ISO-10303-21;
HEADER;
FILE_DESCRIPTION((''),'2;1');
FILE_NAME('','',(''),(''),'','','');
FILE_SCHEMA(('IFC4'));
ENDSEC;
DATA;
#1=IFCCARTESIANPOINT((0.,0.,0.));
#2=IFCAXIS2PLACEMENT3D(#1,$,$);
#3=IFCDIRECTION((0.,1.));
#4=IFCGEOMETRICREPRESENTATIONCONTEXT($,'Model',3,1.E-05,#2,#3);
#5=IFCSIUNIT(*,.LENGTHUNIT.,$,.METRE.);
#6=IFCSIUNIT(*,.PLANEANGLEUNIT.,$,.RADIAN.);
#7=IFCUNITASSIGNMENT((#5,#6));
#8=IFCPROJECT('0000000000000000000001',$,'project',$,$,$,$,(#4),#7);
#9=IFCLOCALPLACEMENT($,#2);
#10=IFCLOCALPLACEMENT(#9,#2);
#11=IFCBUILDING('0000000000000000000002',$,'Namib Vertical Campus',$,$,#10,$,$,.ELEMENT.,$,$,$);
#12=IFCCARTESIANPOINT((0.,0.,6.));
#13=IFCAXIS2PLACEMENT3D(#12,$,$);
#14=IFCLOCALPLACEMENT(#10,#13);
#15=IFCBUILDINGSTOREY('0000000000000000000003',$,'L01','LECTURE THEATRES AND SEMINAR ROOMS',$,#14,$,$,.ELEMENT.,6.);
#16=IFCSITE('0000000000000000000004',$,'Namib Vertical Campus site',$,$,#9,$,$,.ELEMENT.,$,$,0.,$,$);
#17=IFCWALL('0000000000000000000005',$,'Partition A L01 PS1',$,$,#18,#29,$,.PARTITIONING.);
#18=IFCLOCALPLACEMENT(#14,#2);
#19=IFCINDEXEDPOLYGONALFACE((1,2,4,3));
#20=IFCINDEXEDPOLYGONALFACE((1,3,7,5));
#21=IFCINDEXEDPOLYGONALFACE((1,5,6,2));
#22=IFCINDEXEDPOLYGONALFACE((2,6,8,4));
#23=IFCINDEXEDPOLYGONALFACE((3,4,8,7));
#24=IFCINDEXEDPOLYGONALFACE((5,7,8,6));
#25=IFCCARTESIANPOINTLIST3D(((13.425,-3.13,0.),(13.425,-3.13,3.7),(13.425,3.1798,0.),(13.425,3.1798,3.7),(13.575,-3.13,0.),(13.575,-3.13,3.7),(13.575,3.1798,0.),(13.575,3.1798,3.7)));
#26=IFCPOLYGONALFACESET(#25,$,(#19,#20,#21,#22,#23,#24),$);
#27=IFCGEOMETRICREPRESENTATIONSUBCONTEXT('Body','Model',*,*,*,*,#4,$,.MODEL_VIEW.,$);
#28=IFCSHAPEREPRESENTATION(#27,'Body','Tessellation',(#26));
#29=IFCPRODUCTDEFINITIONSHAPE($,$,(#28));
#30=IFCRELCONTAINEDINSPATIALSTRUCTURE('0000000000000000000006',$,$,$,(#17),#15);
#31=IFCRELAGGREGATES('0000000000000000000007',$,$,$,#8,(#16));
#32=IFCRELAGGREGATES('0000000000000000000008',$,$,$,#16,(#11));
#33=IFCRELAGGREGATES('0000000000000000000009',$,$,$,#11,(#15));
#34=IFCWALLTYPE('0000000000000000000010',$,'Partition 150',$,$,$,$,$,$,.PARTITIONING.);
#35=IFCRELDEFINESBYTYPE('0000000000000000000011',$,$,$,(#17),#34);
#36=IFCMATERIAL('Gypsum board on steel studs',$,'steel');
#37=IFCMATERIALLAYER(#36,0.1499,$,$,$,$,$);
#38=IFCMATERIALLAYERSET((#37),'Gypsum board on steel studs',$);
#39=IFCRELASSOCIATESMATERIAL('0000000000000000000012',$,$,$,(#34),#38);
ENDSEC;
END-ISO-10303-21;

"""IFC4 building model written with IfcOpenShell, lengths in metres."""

from ifc_helpers import new_model, si_unit, direction, frame, frame_2d, origin, place, context, subcontext, project, spatial, rectangle, extrude, material, layer, layer_set, type_object, element, save


model = new_model("IFC4")

# Units and contexts
model_context = context("Model", 3, precision=1e-05, world=origin(), true_north=direction((0.0, 1.0)))
body_context = subcontext(model_context, "Body", "Model", "MODEL_VIEW")
ifc_project = project(units=[si_unit("LENGTHUNIT", "METRE"), si_unit("PLANEANGLEUNIT", "RADIAN")], contexts=[model_context])

# Site, building, storey
site_placement = place(None, origin())
site = spatial("IfcSite", under=ifc_project, at=site_placement, Name="Namib Vertical Campus site", CompositionType="ELEMENT", RefElevation=0.0)
building_placement = place(site_placement, origin())
building = spatial("IfcBuilding", under=site, at=building_placement, Name="Namib Vertical Campus", CompositionType="ELEMENT")
storey_placement = place(building_placement, frame((0.0, 0.0, 6.0)))
storey = spatial("IfcBuildingStorey", under=building, at=storey_placement, Name="L01", Description="LECTURE THEATRES AND SEMINAR ROOMS", CompositionType="ELEMENT", Elevation=6.0)

# Wall
ifc_material_1 = material(Name="Gypsum board on steel studs", Category="steel")
ifc_layer_1 = layer(ifc_material_1, 0.1499)
ifc_layer_set_1 = layer_set([ifc_layer_1], Name="Gypsum board on steel studs")
wall_type = type_object("IfcWallType", Name="Partition 150", PredefinedType="PARTITIONING", material=ifc_layer_set_1)
wall_placement = place(storey_placement, frame((13.5, -3.1299, 0.0), z_axis=(0.0, 0.0, 1.0), x_axis=(0.0, 1.0, 0.0)))
element("IfcWall", 1, at=wall_placement, inside=storey, type_object=wall_type, Name="Partition A L01 PS1", PredefinedType="PARTITIONING", context=body_context, shape_type="SweptSolid", body=[
    extrude(rectangle(XDim=6.3098, YDim=0.1499, at=frame_2d((3.1548, 0.0))), origin(), (0.0, 0.0, 1.0), 3.7),
])

save(model, "model.ifc")
